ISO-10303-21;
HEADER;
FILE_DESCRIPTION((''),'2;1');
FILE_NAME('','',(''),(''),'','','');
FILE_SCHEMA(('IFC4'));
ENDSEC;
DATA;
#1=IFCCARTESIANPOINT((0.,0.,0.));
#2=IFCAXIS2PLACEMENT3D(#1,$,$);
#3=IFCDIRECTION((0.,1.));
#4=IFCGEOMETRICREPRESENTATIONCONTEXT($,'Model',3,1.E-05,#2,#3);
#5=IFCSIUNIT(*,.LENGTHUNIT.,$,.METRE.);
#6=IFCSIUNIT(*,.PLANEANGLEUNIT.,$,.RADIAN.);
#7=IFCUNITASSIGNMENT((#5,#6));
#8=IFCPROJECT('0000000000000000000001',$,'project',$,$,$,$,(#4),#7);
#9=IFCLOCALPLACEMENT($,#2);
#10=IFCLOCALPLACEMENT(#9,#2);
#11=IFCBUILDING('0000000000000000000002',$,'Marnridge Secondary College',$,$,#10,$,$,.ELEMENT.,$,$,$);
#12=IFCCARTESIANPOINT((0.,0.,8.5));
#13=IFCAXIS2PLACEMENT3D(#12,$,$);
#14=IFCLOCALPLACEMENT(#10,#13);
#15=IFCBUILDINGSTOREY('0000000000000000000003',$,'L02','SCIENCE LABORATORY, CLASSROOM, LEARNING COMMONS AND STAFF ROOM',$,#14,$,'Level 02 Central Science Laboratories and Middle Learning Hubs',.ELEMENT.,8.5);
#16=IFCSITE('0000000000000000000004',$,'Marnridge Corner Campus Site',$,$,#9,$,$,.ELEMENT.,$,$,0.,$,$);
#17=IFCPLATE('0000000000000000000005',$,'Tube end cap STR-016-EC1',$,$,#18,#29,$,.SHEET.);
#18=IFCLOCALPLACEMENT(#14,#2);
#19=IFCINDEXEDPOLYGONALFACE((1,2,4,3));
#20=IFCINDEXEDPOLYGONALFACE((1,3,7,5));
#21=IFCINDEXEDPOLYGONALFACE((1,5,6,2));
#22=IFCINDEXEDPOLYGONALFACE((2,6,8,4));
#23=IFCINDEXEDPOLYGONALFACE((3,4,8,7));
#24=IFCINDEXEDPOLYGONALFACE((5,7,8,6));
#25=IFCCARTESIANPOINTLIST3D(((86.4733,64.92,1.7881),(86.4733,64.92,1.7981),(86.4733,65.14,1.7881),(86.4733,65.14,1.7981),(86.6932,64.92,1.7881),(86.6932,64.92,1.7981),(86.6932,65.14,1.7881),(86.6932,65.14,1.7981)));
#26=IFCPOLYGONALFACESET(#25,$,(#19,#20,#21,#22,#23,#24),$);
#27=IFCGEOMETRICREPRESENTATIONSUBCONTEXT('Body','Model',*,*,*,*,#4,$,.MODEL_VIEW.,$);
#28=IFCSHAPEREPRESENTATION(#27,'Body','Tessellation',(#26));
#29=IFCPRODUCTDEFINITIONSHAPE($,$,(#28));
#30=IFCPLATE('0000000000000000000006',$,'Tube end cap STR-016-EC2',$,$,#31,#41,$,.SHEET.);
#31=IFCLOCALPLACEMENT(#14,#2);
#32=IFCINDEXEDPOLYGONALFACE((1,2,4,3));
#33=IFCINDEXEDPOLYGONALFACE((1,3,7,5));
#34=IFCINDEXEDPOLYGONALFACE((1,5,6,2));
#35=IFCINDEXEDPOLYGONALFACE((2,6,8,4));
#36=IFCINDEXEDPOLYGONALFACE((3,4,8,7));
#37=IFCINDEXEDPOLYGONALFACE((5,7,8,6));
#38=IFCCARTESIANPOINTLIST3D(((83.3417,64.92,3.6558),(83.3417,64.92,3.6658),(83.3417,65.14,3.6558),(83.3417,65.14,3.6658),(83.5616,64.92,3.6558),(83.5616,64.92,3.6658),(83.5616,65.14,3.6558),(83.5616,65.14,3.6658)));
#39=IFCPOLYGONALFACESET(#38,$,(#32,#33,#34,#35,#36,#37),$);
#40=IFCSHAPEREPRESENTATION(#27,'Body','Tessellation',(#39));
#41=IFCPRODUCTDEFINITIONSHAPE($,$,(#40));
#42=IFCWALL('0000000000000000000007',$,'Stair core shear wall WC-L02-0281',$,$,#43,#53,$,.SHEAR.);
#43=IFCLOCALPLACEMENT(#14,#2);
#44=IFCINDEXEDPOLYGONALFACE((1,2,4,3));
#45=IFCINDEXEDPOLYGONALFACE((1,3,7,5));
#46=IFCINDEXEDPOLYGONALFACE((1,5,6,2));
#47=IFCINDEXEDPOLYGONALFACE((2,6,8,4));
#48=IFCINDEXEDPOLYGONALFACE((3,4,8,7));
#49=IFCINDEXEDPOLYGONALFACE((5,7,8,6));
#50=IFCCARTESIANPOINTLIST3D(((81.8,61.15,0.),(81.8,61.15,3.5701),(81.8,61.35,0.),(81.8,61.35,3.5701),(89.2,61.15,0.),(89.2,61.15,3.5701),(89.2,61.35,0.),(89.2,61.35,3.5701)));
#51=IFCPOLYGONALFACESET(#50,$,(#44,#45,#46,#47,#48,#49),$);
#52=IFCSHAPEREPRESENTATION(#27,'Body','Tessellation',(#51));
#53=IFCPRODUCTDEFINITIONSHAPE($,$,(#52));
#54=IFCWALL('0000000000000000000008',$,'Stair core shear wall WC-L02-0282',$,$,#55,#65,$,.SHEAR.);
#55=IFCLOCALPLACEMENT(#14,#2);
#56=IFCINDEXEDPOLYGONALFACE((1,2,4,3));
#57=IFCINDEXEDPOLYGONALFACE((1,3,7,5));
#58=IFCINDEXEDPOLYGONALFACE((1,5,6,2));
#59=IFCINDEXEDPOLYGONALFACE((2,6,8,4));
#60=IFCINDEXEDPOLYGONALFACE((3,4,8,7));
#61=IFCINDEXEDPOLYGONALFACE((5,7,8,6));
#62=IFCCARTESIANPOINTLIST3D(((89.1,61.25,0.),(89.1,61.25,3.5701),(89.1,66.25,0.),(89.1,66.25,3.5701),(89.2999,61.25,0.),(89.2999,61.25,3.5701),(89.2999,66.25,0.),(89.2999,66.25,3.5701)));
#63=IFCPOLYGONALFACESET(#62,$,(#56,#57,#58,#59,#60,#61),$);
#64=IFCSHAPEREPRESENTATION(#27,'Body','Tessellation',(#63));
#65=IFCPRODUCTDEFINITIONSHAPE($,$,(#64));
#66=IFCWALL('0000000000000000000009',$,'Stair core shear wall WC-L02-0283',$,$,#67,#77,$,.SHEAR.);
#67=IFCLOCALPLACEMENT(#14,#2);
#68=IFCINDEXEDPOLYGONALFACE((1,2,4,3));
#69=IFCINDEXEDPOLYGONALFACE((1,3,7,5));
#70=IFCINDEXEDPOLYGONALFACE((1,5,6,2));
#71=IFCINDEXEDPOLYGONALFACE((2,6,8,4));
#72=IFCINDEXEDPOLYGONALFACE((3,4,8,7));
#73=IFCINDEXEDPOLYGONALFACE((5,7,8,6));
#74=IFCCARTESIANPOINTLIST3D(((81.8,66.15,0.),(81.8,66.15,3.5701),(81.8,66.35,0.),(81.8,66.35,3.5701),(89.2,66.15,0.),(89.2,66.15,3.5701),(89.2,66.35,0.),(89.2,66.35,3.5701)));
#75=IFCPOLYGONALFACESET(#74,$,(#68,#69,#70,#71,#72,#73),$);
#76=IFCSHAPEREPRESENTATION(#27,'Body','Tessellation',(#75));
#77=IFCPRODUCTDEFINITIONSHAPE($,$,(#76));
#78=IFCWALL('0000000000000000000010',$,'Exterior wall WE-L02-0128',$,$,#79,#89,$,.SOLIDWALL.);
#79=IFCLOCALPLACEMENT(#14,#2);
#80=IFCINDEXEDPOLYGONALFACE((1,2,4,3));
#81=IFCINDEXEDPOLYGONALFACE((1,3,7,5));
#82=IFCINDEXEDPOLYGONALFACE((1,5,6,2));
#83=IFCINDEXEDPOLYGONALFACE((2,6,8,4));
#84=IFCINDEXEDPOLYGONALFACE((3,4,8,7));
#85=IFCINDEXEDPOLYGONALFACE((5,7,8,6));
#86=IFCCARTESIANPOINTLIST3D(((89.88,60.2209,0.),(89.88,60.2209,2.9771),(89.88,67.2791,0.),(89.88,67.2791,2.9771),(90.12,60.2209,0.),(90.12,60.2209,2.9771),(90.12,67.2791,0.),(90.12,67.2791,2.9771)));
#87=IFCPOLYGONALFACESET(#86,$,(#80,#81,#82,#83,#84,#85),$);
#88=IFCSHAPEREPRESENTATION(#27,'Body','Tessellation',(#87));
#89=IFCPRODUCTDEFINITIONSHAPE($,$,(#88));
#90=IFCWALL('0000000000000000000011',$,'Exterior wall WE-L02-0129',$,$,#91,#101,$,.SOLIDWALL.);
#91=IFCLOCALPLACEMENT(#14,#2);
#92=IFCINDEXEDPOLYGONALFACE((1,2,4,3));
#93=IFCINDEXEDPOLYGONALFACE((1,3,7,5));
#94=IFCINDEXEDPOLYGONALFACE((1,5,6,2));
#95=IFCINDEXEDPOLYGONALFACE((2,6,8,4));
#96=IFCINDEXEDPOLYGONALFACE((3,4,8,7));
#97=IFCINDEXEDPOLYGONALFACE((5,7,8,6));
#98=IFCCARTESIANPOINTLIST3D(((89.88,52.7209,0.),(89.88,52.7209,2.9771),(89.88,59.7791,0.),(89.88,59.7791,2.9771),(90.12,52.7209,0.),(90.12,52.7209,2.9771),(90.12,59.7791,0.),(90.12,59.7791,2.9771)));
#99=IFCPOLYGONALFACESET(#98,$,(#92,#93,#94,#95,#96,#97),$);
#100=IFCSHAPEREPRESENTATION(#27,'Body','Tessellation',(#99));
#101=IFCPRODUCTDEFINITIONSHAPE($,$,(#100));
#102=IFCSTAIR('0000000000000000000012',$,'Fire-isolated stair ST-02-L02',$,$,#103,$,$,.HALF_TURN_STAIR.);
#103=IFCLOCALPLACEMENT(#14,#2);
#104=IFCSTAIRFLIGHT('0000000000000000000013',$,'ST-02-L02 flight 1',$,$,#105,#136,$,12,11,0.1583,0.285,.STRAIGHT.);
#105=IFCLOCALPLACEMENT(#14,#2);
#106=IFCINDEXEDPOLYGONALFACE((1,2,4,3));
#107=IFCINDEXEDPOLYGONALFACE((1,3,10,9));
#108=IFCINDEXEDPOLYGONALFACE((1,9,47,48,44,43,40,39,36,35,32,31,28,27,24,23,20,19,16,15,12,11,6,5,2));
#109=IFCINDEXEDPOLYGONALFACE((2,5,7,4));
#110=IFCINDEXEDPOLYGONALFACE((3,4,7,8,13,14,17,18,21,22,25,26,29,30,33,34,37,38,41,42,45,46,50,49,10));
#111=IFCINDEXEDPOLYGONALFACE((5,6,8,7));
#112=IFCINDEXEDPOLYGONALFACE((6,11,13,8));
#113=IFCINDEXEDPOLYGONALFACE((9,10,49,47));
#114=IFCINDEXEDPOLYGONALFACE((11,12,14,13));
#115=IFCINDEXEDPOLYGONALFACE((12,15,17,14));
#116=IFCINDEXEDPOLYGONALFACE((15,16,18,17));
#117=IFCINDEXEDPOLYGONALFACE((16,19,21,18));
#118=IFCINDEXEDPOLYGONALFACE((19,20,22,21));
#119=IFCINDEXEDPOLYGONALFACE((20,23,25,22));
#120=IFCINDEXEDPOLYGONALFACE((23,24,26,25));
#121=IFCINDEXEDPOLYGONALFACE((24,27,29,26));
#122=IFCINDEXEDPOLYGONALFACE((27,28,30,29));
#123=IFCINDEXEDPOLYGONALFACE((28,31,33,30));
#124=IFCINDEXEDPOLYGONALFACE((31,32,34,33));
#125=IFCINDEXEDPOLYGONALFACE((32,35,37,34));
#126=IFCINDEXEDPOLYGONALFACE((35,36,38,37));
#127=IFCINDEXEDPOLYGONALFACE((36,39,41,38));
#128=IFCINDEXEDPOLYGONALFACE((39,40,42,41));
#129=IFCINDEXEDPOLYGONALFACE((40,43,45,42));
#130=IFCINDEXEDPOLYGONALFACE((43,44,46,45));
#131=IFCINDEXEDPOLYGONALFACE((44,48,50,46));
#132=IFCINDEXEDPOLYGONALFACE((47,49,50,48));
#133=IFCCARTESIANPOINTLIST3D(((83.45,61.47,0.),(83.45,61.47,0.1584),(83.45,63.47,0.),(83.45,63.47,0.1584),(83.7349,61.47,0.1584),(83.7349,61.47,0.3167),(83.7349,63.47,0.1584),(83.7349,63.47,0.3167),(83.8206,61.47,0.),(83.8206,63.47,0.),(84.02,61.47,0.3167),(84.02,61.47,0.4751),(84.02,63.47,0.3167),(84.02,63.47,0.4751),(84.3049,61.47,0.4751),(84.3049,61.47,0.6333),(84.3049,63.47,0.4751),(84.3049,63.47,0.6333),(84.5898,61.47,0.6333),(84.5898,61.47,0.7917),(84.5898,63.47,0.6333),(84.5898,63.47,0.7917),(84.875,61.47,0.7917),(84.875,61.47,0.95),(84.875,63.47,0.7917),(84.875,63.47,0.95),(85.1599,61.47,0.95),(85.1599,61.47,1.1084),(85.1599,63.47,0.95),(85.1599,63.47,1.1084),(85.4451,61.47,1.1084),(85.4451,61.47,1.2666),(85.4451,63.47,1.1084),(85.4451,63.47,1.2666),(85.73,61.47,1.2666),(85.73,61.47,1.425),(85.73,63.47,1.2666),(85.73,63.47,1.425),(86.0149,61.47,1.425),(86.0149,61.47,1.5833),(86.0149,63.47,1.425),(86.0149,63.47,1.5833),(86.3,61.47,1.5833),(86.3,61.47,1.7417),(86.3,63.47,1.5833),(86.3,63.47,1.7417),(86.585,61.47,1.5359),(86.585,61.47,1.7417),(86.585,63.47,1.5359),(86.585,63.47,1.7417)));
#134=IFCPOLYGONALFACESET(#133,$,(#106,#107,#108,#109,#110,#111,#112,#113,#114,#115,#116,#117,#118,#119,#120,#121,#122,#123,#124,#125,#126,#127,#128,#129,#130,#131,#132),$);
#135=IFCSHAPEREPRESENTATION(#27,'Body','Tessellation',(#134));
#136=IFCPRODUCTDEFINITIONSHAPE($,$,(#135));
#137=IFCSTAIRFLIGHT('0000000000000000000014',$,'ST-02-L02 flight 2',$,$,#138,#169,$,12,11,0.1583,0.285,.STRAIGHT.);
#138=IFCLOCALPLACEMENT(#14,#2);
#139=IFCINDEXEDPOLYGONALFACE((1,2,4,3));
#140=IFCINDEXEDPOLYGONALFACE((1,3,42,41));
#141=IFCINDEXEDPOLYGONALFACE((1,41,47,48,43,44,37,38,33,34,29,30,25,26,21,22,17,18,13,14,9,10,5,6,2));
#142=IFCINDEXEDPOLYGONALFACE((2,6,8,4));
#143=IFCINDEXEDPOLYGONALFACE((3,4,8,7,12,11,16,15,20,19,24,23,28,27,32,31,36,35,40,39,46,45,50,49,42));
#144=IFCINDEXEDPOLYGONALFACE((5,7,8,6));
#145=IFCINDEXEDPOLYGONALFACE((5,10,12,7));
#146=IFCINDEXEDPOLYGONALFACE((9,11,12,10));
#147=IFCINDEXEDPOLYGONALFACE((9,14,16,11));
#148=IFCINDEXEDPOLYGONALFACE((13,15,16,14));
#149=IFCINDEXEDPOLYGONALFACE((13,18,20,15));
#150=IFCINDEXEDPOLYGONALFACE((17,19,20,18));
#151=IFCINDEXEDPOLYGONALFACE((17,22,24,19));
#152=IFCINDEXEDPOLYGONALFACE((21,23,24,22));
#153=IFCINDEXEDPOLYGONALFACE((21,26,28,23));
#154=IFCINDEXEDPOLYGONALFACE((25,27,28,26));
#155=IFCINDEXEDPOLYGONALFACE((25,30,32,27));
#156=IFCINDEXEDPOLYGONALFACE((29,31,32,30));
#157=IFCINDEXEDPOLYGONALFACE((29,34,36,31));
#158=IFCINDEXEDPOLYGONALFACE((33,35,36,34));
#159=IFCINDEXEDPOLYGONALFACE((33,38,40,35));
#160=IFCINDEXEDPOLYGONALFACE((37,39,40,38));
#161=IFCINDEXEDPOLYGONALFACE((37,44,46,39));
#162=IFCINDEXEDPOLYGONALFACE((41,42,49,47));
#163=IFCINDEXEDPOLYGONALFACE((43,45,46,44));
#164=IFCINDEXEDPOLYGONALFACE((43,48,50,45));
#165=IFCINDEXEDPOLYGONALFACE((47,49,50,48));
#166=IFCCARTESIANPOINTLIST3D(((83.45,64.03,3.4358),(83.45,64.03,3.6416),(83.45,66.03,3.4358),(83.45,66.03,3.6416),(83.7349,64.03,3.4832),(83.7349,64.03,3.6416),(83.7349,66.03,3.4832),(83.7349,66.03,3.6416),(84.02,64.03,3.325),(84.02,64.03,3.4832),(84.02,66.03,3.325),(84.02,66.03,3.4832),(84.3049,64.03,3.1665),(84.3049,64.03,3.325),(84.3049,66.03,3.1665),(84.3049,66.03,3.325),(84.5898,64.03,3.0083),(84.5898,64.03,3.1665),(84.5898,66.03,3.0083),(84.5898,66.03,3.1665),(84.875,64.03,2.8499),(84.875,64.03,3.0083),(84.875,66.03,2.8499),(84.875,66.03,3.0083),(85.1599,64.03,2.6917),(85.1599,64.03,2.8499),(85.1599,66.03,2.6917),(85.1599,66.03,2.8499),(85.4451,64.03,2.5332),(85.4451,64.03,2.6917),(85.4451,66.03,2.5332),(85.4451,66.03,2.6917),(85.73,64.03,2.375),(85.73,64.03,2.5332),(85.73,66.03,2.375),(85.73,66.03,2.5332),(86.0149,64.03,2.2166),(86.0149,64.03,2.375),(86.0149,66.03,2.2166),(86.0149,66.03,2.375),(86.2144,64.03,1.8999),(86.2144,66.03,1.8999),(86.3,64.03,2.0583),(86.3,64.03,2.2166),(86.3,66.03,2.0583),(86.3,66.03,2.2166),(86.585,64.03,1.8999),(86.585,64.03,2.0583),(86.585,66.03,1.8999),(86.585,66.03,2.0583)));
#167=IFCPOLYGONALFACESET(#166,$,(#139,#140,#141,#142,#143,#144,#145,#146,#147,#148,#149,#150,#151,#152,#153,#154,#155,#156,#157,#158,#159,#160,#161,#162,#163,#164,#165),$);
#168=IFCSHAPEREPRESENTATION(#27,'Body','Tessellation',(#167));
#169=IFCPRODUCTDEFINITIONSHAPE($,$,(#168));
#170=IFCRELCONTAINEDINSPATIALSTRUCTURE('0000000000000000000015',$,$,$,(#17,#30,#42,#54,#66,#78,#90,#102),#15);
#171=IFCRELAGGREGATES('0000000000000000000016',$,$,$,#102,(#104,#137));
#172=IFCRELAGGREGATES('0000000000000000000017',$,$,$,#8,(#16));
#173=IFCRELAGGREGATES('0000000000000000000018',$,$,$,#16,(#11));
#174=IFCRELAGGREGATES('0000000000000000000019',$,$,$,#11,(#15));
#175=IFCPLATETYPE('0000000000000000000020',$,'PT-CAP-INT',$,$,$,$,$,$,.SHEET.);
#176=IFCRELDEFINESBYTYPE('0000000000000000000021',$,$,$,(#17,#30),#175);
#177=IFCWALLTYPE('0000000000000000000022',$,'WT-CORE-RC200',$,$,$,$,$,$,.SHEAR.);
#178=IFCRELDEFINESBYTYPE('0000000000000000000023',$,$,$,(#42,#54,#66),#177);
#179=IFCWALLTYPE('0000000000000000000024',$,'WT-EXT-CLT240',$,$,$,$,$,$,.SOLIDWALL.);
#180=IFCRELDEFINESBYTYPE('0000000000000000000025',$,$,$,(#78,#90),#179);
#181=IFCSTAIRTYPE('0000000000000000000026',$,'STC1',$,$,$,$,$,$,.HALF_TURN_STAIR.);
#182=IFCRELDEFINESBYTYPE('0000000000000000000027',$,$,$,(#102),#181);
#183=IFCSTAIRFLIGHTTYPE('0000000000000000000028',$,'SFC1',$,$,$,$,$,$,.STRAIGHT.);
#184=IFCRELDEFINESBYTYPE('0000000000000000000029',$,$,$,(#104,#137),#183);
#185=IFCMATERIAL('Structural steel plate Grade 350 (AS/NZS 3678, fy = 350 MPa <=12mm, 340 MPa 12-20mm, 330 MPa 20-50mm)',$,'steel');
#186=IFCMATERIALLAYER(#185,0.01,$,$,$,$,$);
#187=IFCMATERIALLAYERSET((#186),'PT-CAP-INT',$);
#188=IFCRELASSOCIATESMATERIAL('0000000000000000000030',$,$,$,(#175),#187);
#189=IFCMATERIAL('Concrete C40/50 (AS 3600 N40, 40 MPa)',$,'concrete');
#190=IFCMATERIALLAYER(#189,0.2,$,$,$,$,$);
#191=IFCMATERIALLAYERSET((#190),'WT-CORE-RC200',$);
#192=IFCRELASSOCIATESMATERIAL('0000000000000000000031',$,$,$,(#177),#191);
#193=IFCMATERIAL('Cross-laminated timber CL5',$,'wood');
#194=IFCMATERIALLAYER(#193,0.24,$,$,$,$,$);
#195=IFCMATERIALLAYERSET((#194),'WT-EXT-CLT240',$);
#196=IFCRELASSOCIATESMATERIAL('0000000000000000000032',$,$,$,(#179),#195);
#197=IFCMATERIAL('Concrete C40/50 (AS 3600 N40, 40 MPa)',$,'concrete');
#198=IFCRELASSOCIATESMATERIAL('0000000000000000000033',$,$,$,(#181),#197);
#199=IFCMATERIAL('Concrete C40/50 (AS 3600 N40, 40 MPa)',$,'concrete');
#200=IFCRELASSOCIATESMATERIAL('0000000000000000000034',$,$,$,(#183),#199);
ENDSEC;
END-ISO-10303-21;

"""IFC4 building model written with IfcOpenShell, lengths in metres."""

from ifc_helpers import new_model, si_unit, direction, frame, frame_2d, origin, origin_2d, place, context, subcontext, project, spatial, polyline, rectangle, outline, extrude, material, layer, layer_set, type_object, element, aggregate, save


model = new_model("IFC4")

# Units and contexts
model_context = context("Model", 3, precision=1e-05, world=origin(), true_north=direction((0.0, 1.0)))
body_context = subcontext(model_context, "Body", "Model", "MODEL_VIEW")
ifc_project = project(units=[si_unit("LENGTHUNIT", "METRE"), si_unit("PLANEANGLEUNIT", "RADIAN")], contexts=[model_context])

# Site, building, storey
site_placement = place(None, origin())
site = spatial("IfcSite", under=ifc_project, at=site_placement, Name="Marnridge Corner Campus Site", CompositionType="ELEMENT", RefElevation=0.0)
building_placement = place(site_placement, origin())
building = spatial("IfcBuilding", under=site, at=building_placement, Name="Marnridge Secondary College", CompositionType="ELEMENT")
storey_placement = place(building_placement, frame((0.0, 0.0, 8.5)))
storey = spatial("IfcBuildingStorey", under=building, at=storey_placement, Name="L02", Description="SCIENCE LABORATORY, CLASSROOM, LEARNING COMMONS AND STAFF ROOM", LongName="Level 02 Central Science Laboratories and Middle Learning Hubs", CompositionType="ELEMENT", Elevation=8.5)

# Plates
ifc_material_1 = material(Name="Structural steel plate Grade 350 (AS/NZS 3678, fy = 350 MPa <=12mm, 340 MPa 12-20mm, 330 MPa 20-50mm)", Category="steel")
ifc_layer_1 = layer(ifc_material_1, 0.01)
ifc_layer_set_1 = layer_set([ifc_layer_1], Name="PT-CAP-INT")
plate_type = type_object("IfcPlateType", Name="PT-CAP-INT", PredefinedType="SHEET", material=ifc_layer_set_1)
for number, where, z_axis, x_axis, name in (
    (1, (86.5833, 65.03, 1.7881), (0.0, 0.0, 1.0), (-1.0, 0.0, 0.0), "Tube end cap STR-016-EC1"),
    (2, (83.4517, 65.03, 3.6558), (0.0, 0.0, 1.0), (-1.0, 0.0, 0.0), "Tube end cap STR-016-EC2"),
):
    element("IfcPlate", number, at=place(storey_placement, frame(where, z_axis=z_axis, x_axis=x_axis)), inside=storey, type_object=plate_type, Name=name, PredefinedType="SHEET", context=body_context, shape_type="SweptSolid", body=[
        extrude(rectangle(XDim=0.22, YDim=0.22, at=origin_2d()), origin(), (0.0, 0.0, 1.0), 0.01),
    ])

# Walls
ifc_material_2 = material(Name="Concrete C40/50 (AS 3600 N40, 40 MPa)", Category="concrete")
ifc_layer_2 = layer(ifc_material_2, 0.2)
ifc_layer_set_2 = layer_set([ifc_layer_2], Name="WT-CORE-RC200")
wall_type_1 = type_object("IfcWallType", Name="WT-CORE-RC200", PredefinedType="SHEAR", material=ifc_layer_set_2)
wall_1_placement = place(storey_placement, frame((81.8, 61.25, 0.0), z_axis=(0.0, 0.0, 1.0), x_axis=(1.0, 0.0, 0.0)))
element("IfcWall", 3, at=wall_1_placement, inside=storey, type_object=wall_type_1, Name="Stair core shear wall WC-L02-0281", PredefinedType="SHEAR", context=body_context, shape_type="SweptSolid", body=[
    extrude(rectangle(XDim=7.3999, YDim=0.2, at=frame_2d((3.7, 0.0))), origin(), (0.0, 0.0, 1.0), 3.5701),
])
wall_2_placement = place(storey_placement, frame((89.2, 61.25, 0.0), z_axis=(0.0, 0.0, 1.0), x_axis=(0.0, 1.0, 0.0)))
element("IfcWall", 4, at=wall_2_placement, inside=storey, type_object=wall_type_1, Name="Stair core shear wall WC-L02-0282", PredefinedType="SHEAR", context=body_context, shape_type="SweptSolid", body=[
    extrude(rectangle(XDim=5.0, YDim=0.2, at=frame_2d((2.5, 0.0))), origin(), (0.0, 0.0, 1.0), 3.5701),
])
wall_3_placement = place(storey_placement, frame((89.2, 66.25, 0.0), z_axis=(0.0, 0.0, 1.0), x_axis=(-1.0, 0.0, 0.0)))
element("IfcWall", 5, at=wall_3_placement, inside=storey, type_object=wall_type_1, Name="Stair core shear wall WC-L02-0283", PredefinedType="SHEAR", context=body_context, shape_type="SweptSolid", body=[
    extrude(rectangle(XDim=7.3999, YDim=0.2, at=frame_2d((3.7, 0.0))), origin(), (0.0, 0.0, 1.0), 3.5701),
])

# Walls
ifc_material_3 = material(Name="Cross-laminated timber CL5", Category="wood")
ifc_layer_3 = layer(ifc_material_3, 0.24)
ifc_layer_set_3 = layer_set([ifc_layer_3], Name="WT-EXT-CLT240")
wall_type_2 = type_object("IfcWallType", Name="WT-EXT-CLT240", PredefinedType="SOLIDWALL", material=ifc_layer_set_3)
for number, where, z_axis, x_axis, name in (
    (6, (90.0, 67.2791, 0.0), (0.0, 0.0, 1.0), (0.0, -1.0, 0.0), "Exterior wall WE-L02-0128"),
    (7, (90.0, 59.7791, 0.0), (0.0, 0.0, 1.0), (0.0, -1.0, 0.0), "Exterior wall WE-L02-0129"),
):
    element("IfcWall", number, at=place(storey_placement, frame(where, z_axis=z_axis, x_axis=x_axis)), inside=storey, type_object=wall_type_2, Name=name, PredefinedType="SOLIDWALL", context=body_context, shape_type="SweptSolid", body=[
        extrude(rectangle(XDim=7.0581, YDim=0.24, at=frame_2d((3.5291, 0.0))), origin(), (0.0, 0.0, 1.0), 2.9771),
    ])

# Stair, stair flights
ifc_material_4 = material(Name="Concrete C40/50 (AS 3600 N40, 40 MPa)", Category="concrete")
stair_type = type_object("IfcStairType", Name="STC1", PredefinedType="HALF_TURN_STAIR", material=ifc_material_4)
stair_placement = place(storey_placement, origin())
stair = element("IfcStair", 8, at=stair_placement, inside=storey, type_object=stair_type, Name="Fire-isolated stair ST-02-L02", PredefinedType="HALF_TURN_STAIR")
ifc_material_5 = material(Name="Concrete C40/50 (AS 3600 N40, 40 MPa)", Category="concrete")
stair_flight_type = type_object("IfcStairFlightType", Name="SFC1", PredefinedType="STRAIGHT", material=ifc_material_5)
stair_flight_1_placement = place(storey_placement, frame((83.45, 62.47, 0.0), z_axis=(0.0, 0.0, 1.0), x_axis=(1.0, 0.0, 0.0)))
stair_flight_1 = element("IfcStairFlight", 9, at=stair_flight_1_placement, type_object=stair_flight_type, Name="ST-02-L02 flight 1", NumberOfRisers=12, NumberOfTreads=11, PredefinedType="STRAIGHT", RiserHeight=0.1583, TreadLength=0.285, context=body_context, shape_type="SweptSolid", body=[
    extrude(outline(polyline([(0.0, 0.0), (0.0, 0.1584), (0.2849, 0.1584), (0.2849, 0.3167), (0.5701, 0.3167), (0.5701, 0.4751), (0.855, 0.4751), (0.855, 0.6333), (1.1399, 0.6333), (1.1399, 0.7917), (1.425, 0.7917), (1.425, 0.95), (1.71, 0.95), (1.71, 1.1084), (1.9951, 1.1084), (1.9951, 1.2666), (2.28, 1.2666), (2.28, 1.425), (2.5649, 1.425), (2.5649, 1.5833), (2.8501, 1.5833), (2.8501, 1.7417), (3.135, 1.7417), (3.135, 1.8999), (3.135, 1.5359), (0.3706, 0.0), (0.0, 0.0)])), frame((0.0, 1.0, 0.0), z_axis=(0.0, -1.0, 0.0), x_axis=(1.0, 0.0, 0.0)), (0.0, 0.0, 1.0), 2.0),
])
stair_flight_2_placement = place(storey_placement, frame((86.585, 65.03, 1.8999), z_axis=(0.0, 0.0, 1.0), x_axis=(-1.0, 0.0, 0.0)))
stair_flight_2 = element("IfcStairFlight", 10, at=stair_flight_2_placement, type_object=stair_flight_type, Name="ST-02-L02 flight 2", NumberOfRisers=12, NumberOfTreads=11, PredefinedType="STRAIGHT", RiserHeight=0.1583, TreadLength=0.285, context=body_context, shape_type="SweptSolid", body=[
    extrude(outline(polyline([(0.0, 0.0), (0.0, 0.1584), (0.2849, 0.1584), (0.2849, 0.3167), (0.5701, 0.3167), (0.5701, 0.4751), (0.855, 0.4751), (0.855, 0.6333), (1.1399, 0.6333), (1.1399, 0.7917), (1.425, 0.7917), (1.425, 0.95), (1.71, 0.95), (1.71, 1.1084), (1.9951, 1.1084), (1.9951, 1.2666), (2.28, 1.2666), (2.28, 1.425), (2.5649, 1.425), (2.5649, 1.5833), (2.8501, 1.5833), (2.8501, 1.7417), (3.135, 1.7417), (3.135, 1.8999), (3.135, 1.5359), (0.3706, 0.0), (0.0, 0.0)])), frame((0.0, 1.0, 0.0), z_axis=(0.0, -1.0, 0.0), x_axis=(1.0, 0.0, 0.0)), (0.0, 0.0, 1.0), 2.0),
])
aggregate(stair, [stair_flight_1, stair_flight_2])

save(model, "model.ifc")
